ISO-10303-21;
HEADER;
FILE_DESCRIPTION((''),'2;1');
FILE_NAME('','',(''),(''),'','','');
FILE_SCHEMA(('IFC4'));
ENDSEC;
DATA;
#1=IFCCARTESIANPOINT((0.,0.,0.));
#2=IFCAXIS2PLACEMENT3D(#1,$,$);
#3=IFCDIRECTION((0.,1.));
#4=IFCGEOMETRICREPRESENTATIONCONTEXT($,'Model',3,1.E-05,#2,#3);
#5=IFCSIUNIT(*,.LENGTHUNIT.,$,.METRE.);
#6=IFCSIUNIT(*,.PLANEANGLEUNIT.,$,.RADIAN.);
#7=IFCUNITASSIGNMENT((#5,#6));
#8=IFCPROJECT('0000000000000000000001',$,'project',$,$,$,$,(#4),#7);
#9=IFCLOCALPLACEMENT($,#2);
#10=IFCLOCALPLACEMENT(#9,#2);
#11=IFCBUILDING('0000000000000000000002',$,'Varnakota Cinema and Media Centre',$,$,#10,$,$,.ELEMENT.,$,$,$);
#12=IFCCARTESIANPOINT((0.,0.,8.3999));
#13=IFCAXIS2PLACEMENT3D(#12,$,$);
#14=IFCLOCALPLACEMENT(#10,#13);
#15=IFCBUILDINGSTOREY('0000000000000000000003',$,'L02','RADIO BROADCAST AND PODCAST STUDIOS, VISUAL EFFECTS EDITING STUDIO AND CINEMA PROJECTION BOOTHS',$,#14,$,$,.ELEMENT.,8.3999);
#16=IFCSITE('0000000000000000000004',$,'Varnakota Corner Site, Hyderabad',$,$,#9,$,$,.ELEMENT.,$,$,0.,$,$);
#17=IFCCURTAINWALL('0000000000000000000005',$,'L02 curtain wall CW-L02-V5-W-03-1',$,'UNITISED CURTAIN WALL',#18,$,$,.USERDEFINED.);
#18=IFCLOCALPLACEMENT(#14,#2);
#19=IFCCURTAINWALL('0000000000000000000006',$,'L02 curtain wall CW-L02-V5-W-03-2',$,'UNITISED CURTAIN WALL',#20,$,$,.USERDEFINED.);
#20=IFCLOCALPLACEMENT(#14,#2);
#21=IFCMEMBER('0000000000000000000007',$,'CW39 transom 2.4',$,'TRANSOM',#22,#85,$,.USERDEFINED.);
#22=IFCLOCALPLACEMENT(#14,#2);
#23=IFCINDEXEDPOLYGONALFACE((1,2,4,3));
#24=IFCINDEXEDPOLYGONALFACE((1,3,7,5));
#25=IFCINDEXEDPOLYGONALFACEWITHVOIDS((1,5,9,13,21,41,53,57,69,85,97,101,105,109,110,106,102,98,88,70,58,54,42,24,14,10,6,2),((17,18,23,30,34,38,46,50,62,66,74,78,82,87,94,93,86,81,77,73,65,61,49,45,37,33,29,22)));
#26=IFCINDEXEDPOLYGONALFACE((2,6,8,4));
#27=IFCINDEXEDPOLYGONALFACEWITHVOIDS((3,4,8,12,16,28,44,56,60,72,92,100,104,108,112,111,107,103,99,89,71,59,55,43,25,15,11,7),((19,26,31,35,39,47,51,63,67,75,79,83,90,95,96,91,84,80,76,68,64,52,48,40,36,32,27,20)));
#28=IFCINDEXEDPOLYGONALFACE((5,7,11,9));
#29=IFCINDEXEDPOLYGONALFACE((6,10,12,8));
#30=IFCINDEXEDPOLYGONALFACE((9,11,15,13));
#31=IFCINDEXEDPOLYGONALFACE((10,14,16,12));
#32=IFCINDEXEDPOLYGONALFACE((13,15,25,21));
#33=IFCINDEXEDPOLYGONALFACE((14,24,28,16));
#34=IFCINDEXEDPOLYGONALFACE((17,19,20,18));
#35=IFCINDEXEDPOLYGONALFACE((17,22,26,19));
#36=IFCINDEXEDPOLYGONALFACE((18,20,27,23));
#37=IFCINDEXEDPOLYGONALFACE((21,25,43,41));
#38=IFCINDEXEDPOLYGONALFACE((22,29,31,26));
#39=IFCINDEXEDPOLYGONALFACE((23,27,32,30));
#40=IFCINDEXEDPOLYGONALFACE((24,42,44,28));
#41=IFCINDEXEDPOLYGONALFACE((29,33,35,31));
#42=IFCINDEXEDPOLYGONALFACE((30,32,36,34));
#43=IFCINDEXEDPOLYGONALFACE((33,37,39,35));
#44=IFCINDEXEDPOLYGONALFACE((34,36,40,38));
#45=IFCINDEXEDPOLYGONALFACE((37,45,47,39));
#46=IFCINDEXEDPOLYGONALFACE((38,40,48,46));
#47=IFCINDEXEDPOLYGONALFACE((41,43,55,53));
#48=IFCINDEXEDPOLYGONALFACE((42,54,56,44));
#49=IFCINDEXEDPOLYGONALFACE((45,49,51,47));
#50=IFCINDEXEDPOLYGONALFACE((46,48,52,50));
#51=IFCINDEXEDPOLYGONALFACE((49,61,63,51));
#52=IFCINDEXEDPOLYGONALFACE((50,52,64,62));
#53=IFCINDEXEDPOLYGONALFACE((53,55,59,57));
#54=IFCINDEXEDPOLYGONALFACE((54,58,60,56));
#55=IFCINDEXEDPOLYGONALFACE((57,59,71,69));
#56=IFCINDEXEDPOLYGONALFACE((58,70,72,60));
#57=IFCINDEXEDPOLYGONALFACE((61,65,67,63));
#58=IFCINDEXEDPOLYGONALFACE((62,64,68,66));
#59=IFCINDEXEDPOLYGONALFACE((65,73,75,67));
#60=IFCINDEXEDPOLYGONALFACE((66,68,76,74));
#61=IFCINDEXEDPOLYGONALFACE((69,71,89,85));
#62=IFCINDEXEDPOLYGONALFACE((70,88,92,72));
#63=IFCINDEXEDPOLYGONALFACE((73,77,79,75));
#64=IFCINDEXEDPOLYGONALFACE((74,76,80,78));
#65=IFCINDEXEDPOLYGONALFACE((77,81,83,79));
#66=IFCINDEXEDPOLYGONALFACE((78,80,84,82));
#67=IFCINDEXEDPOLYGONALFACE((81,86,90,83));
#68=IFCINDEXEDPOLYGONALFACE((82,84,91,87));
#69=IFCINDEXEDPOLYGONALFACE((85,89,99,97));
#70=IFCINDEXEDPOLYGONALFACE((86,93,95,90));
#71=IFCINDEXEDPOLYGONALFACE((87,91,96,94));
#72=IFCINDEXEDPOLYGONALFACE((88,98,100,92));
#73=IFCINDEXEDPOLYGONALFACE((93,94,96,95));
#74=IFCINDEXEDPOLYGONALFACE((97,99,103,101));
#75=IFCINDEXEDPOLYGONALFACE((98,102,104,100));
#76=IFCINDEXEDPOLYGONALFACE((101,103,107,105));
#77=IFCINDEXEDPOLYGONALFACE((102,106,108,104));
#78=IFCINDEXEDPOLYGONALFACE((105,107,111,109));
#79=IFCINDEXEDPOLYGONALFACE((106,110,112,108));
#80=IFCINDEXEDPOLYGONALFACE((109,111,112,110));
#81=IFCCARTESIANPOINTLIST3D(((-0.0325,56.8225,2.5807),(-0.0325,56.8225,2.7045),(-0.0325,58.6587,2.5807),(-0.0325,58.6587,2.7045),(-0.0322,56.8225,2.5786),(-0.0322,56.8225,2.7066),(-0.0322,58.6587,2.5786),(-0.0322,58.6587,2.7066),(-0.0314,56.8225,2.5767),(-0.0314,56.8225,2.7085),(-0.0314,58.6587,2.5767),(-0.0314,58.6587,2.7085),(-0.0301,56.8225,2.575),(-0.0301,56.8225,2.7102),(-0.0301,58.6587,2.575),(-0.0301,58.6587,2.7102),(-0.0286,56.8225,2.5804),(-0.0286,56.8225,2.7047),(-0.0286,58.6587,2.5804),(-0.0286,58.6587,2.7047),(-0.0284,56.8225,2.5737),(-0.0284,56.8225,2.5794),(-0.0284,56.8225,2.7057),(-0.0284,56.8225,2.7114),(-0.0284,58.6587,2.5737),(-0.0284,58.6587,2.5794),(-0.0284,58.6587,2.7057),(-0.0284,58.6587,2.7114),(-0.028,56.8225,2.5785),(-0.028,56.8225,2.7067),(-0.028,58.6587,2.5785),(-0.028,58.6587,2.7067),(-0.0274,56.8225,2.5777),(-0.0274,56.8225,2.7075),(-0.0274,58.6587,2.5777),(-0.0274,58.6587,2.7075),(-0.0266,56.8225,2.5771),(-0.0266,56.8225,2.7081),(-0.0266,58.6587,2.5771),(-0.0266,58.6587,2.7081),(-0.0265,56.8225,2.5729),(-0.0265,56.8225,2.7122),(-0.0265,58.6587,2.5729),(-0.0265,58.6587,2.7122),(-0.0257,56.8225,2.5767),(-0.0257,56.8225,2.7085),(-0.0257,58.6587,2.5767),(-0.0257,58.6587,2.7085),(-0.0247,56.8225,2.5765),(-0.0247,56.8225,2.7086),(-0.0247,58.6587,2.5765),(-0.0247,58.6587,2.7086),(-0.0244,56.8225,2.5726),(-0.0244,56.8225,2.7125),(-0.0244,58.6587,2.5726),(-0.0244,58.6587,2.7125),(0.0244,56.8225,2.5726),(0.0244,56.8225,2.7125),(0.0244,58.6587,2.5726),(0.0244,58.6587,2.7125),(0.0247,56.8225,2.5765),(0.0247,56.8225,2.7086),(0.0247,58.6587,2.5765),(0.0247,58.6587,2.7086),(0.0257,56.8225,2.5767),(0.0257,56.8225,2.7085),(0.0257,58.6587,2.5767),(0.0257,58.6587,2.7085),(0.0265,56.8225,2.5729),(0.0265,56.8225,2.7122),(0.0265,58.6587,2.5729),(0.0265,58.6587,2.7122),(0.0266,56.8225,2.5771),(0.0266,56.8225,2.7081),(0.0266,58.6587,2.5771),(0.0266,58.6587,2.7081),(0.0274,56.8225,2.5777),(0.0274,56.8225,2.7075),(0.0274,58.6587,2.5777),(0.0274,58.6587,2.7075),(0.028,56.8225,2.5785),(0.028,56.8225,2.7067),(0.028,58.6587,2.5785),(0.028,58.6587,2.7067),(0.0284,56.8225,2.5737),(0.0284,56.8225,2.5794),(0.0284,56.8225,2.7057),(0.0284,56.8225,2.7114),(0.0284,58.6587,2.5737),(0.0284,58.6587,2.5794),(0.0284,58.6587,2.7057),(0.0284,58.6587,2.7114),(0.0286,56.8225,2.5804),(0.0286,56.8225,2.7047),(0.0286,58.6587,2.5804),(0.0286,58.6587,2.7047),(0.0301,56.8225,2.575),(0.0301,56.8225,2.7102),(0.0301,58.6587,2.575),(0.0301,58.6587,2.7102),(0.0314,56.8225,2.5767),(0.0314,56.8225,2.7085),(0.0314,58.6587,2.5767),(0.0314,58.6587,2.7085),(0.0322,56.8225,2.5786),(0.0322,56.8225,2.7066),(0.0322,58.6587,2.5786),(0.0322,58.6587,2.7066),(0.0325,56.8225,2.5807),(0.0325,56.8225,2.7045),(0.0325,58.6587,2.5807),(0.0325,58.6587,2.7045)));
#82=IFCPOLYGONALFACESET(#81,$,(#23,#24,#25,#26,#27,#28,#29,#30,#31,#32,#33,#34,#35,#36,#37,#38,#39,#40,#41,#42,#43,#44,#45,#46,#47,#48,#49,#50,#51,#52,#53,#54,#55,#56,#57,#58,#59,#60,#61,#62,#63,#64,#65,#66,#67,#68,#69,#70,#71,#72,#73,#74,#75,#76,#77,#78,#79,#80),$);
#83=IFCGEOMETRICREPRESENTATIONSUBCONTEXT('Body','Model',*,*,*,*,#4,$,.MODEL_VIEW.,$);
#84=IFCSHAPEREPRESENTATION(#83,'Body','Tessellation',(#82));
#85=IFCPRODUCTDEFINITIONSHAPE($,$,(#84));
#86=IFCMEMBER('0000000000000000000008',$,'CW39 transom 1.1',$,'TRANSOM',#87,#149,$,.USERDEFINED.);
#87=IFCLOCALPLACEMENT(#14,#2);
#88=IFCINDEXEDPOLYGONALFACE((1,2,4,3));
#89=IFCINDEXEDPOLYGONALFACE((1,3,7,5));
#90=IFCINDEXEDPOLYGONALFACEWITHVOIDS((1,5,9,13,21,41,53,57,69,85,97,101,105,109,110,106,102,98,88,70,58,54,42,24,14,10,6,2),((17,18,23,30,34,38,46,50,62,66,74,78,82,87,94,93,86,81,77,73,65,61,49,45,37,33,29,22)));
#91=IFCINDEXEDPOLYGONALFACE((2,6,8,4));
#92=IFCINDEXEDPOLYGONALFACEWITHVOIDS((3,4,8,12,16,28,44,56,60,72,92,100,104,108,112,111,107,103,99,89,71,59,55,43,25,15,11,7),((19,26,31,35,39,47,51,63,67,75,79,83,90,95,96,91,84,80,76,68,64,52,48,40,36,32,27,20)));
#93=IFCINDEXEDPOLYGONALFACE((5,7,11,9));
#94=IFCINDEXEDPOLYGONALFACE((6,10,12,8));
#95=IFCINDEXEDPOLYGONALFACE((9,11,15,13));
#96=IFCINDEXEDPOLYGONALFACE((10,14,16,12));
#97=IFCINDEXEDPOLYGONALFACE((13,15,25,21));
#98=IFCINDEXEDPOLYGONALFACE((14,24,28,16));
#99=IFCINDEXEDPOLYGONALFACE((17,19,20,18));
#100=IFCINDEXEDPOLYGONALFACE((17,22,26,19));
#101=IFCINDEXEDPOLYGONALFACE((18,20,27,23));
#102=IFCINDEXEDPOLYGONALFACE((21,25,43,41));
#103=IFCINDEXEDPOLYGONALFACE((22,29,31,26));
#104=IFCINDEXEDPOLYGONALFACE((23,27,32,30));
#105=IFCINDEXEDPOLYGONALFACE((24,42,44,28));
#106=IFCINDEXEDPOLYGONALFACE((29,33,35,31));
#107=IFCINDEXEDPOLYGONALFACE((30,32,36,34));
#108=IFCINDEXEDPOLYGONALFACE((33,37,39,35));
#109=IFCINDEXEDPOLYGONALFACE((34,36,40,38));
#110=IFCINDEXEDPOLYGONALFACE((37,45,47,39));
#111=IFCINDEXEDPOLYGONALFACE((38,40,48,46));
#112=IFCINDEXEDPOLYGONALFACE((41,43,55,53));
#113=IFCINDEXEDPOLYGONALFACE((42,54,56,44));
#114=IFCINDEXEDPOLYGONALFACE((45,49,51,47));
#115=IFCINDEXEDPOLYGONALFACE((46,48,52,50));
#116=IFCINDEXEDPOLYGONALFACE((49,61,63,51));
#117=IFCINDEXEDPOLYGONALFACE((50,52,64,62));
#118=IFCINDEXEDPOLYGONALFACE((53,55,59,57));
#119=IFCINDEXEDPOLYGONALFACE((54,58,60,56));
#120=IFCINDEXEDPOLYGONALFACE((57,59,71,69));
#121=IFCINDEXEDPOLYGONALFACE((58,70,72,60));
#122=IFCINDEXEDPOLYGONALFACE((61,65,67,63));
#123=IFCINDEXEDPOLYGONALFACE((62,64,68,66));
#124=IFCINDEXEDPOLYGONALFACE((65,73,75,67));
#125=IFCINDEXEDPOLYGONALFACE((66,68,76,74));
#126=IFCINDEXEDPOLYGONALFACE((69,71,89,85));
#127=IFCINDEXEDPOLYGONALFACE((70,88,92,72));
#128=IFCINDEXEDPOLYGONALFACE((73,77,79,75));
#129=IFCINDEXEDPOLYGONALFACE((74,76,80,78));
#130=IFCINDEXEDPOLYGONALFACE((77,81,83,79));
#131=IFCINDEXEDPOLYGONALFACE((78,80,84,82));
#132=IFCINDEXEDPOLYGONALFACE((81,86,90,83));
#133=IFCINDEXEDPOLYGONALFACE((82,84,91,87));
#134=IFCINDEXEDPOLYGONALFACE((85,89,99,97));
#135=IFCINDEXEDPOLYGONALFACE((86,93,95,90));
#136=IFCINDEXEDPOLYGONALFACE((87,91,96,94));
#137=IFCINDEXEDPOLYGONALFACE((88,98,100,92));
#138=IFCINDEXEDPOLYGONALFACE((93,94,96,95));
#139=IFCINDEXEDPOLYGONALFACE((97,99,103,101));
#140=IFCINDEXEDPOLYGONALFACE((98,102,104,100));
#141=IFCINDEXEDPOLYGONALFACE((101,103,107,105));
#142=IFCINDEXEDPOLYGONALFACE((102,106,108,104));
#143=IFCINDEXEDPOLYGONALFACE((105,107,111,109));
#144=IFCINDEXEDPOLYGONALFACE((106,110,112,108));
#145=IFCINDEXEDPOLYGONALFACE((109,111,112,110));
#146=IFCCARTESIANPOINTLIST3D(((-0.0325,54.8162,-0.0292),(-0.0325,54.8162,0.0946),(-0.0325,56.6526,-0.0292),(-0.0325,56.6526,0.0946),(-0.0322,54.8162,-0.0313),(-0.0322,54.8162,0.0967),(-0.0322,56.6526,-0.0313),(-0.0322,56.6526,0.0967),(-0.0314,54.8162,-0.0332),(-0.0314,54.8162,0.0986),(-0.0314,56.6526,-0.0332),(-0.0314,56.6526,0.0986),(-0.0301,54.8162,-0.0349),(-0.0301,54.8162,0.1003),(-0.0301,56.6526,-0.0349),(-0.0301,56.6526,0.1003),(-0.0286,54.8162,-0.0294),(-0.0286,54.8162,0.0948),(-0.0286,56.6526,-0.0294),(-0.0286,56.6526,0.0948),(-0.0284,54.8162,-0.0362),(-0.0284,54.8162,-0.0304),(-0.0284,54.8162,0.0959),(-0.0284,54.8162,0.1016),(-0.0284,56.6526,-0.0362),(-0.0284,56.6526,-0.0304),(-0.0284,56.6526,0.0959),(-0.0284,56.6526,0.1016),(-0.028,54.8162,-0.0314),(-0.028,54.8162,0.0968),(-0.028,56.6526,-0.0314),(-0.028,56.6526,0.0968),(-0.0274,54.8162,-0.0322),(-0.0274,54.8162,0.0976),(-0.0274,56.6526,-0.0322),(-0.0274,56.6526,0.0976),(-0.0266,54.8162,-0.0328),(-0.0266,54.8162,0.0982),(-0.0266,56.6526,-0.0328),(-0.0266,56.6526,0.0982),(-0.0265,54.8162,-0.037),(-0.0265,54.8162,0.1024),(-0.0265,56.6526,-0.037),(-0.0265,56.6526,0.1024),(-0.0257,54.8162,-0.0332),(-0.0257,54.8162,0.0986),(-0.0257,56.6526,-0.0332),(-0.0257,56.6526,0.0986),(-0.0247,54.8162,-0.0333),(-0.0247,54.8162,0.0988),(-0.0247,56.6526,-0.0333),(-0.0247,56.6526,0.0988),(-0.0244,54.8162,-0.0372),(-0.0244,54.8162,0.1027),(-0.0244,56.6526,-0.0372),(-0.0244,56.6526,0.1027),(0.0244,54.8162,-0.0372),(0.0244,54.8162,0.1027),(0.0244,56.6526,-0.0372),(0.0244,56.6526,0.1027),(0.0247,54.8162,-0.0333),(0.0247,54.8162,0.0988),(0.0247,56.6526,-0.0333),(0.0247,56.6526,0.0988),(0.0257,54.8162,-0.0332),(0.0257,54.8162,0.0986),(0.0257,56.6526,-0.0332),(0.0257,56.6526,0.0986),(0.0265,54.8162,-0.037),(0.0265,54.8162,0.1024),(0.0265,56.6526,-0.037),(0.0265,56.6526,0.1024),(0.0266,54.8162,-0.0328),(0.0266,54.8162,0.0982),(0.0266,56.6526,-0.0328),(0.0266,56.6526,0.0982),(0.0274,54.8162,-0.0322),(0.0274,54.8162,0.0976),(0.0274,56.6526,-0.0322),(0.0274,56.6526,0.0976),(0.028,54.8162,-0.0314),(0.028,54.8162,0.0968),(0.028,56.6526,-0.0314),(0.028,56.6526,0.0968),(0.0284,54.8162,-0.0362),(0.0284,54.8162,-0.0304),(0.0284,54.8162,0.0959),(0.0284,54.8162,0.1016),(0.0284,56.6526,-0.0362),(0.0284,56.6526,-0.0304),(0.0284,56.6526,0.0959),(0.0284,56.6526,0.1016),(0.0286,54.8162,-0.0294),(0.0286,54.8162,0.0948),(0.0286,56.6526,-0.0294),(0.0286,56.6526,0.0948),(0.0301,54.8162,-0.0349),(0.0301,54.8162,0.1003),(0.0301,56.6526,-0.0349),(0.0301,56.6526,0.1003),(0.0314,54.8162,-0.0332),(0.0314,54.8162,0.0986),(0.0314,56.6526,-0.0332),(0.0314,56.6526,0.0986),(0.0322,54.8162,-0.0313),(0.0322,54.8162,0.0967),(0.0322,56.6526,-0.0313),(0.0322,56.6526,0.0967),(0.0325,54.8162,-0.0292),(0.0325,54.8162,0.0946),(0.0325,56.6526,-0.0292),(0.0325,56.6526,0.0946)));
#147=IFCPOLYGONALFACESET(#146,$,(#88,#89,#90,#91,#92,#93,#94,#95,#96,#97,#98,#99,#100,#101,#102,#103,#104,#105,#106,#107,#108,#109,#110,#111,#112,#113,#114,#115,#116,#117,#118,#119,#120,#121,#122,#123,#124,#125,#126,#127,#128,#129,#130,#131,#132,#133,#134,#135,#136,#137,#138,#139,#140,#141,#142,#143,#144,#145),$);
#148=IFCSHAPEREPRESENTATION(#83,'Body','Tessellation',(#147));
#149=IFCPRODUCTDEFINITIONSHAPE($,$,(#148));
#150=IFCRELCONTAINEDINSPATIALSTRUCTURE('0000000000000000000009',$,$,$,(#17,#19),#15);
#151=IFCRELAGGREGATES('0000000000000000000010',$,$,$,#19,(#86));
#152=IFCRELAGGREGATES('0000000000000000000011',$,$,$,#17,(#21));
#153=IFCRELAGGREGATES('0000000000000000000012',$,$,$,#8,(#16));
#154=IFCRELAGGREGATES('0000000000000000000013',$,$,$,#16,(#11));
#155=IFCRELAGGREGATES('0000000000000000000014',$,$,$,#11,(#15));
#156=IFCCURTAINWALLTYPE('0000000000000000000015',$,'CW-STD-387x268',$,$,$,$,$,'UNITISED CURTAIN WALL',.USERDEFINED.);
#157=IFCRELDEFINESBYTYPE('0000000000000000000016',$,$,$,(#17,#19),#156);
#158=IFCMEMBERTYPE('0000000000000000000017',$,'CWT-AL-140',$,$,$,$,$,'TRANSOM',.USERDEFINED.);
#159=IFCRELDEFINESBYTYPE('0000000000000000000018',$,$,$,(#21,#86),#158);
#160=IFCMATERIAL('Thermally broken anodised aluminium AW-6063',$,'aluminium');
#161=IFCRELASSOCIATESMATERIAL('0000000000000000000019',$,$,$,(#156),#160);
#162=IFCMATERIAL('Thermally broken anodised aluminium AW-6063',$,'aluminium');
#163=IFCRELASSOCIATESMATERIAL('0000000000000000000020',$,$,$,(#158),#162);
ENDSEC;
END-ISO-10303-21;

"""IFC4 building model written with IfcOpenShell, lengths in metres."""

from ifc_helpers import new_model, si_unit, direction, frame, origin, origin_2d, place, context, subcontext, project, spatial, hollow_rectangle, extrude, material, material_profile, profile_set, type_object, element, aggregate, save


model = new_model("IFC4")

# Units and contexts
model_context = context("Model", 3, precision=1e-05, world=origin(), true_north=direction((0.0, 1.0)))
body_context = subcontext(model_context, "Body", "Model", "MODEL_VIEW")
ifc_project = project(units=[si_unit("LENGTHUNIT", "METRE"), si_unit("PLANEANGLEUNIT", "RADIAN")], contexts=[model_context])

# Site, building, storey
site_placement = place(None, origin())
site = spatial("IfcSite", under=ifc_project, at=site_placement, Name="Varnakota Corner Site, Hyderabad", CompositionType="ELEMENT", RefElevation=0.0)
building_placement = place(site_placement, origin())
building = spatial("IfcBuilding", under=site, at=building_placement, Name="Varnakota Cinema and Media Centre", CompositionType="ELEMENT")
storey_placement = place(building_placement, frame((0.0, 0.0, 8.3999)))
storey = spatial("IfcBuildingStorey", under=building, at=storey_placement, Name="L02", Description="RADIO BROADCAST AND PODCAST STUDIOS, VISUAL EFFECTS EDITING STUDIO AND CINEMA PROJECTION BOOTHS", CompositionType="ELEMENT", Elevation=8.3999)

# Shared definitions
ifc_material_1 = material(Name="Thermally broken anodised aluminium AW-6063", Category="aluminium")
curtain_wall_type = type_object("IfcCurtainWallType", Name="CW-STD-387x268", ElementType="UNITISED CURTAIN WALL", PredefinedType="USERDEFINED", material=ifc_material_1)

# Curtain wall
curtain_wall_1_placement = place(storey_placement, origin())
curtain_wall_1 = element("IfcCurtainWall", 1, at=curtain_wall_1_placement, inside=storey, type_object=curtain_wall_type, Name="L02 curtain wall CW-L02-V5-W-03-1", ObjectType="UNITISED CURTAIN WALL", PredefinedType="USERDEFINED")

# Curtain wall
curtain_wall_2_placement = place(storey_placement, origin())
curtain_wall_2 = element("IfcCurtainWall", 2, at=curtain_wall_2_placement, inside=storey, type_object=curtain_wall_type, Name="L02 curtain wall CW-L02-V5-W-03-2", ObjectType="UNITISED CURTAIN WALL", PredefinedType="USERDEFINED")

# Members
ifc_material_2 = material(Name="Thermally broken anodised aluminium AW-6063", Category="aluminium")
ifc_material_profile_1 = material_profile(ifc_material_2, hollow_rectangle(XDim=0.0649, YDim=0.1399, WallThickness=0.0039, InnerFilletRadius=0.0039, OuterFilletRadius=0.0081, at=origin_2d()), Name="AL-TRANSOM 140x65x4")
ifc_profile_set_1 = profile_set([ifc_material_profile_1], Name="Thermally broken anodised aluminium AW-6063")
member_type_1 = type_object("IfcMemberType", Name="CWT-AL-140", ElementType="TRANSOM", PredefinedType="USERDEFINED", material=ifc_profile_set_1)
member_1_placement = place(storey_placement, frame((0.0, 58.6587, 2.6426), z_axis=(0.0, -1.0, 0.0), x_axis=(1.0, 0.0, 0.0)))
member_1 = element("IfcMember", 3, at=member_1_placement, type_object=member_type_1, Name="CW39 transom 2.4", ObjectType="TRANSOM", PredefinedType="USERDEFINED", context=body_context, shape_type="SweptSolid", body=[
    extrude(hollow_rectangle(XDim=0.0649, YDim=0.1399, WallThickness=0.0039, InnerFilletRadius=0.0039, OuterFilletRadius=0.0081, at=origin_2d()), origin(), (0.0, 0.0, 1.0), 1.8362),
])
member_2_placement = place(storey_placement, frame((0.0, 56.6526, 0.0327), z_axis=(0.0, -1.0, 0.0), x_axis=(1.0, 0.0, 0.0)))
member_2 = element("IfcMember", 4, at=member_2_placement, type_object=member_type_1, Name="CW39 transom 1.1", ObjectType="TRANSOM", PredefinedType="USERDEFINED", context=body_context, shape_type="SweptSolid", body=[
    extrude(hollow_rectangle(XDim=0.0649, YDim=0.1399, WallThickness=0.0039, InnerFilletRadius=0.0039, OuterFilletRadius=0.0081, at=origin_2d()), origin(), (0.0, 0.0, 1.0), 1.8364),
])
aggregate(curtain_wall_2, [member_2])

aggregate(curtain_wall_1, [member_1])

save(model, "model.ifc")
